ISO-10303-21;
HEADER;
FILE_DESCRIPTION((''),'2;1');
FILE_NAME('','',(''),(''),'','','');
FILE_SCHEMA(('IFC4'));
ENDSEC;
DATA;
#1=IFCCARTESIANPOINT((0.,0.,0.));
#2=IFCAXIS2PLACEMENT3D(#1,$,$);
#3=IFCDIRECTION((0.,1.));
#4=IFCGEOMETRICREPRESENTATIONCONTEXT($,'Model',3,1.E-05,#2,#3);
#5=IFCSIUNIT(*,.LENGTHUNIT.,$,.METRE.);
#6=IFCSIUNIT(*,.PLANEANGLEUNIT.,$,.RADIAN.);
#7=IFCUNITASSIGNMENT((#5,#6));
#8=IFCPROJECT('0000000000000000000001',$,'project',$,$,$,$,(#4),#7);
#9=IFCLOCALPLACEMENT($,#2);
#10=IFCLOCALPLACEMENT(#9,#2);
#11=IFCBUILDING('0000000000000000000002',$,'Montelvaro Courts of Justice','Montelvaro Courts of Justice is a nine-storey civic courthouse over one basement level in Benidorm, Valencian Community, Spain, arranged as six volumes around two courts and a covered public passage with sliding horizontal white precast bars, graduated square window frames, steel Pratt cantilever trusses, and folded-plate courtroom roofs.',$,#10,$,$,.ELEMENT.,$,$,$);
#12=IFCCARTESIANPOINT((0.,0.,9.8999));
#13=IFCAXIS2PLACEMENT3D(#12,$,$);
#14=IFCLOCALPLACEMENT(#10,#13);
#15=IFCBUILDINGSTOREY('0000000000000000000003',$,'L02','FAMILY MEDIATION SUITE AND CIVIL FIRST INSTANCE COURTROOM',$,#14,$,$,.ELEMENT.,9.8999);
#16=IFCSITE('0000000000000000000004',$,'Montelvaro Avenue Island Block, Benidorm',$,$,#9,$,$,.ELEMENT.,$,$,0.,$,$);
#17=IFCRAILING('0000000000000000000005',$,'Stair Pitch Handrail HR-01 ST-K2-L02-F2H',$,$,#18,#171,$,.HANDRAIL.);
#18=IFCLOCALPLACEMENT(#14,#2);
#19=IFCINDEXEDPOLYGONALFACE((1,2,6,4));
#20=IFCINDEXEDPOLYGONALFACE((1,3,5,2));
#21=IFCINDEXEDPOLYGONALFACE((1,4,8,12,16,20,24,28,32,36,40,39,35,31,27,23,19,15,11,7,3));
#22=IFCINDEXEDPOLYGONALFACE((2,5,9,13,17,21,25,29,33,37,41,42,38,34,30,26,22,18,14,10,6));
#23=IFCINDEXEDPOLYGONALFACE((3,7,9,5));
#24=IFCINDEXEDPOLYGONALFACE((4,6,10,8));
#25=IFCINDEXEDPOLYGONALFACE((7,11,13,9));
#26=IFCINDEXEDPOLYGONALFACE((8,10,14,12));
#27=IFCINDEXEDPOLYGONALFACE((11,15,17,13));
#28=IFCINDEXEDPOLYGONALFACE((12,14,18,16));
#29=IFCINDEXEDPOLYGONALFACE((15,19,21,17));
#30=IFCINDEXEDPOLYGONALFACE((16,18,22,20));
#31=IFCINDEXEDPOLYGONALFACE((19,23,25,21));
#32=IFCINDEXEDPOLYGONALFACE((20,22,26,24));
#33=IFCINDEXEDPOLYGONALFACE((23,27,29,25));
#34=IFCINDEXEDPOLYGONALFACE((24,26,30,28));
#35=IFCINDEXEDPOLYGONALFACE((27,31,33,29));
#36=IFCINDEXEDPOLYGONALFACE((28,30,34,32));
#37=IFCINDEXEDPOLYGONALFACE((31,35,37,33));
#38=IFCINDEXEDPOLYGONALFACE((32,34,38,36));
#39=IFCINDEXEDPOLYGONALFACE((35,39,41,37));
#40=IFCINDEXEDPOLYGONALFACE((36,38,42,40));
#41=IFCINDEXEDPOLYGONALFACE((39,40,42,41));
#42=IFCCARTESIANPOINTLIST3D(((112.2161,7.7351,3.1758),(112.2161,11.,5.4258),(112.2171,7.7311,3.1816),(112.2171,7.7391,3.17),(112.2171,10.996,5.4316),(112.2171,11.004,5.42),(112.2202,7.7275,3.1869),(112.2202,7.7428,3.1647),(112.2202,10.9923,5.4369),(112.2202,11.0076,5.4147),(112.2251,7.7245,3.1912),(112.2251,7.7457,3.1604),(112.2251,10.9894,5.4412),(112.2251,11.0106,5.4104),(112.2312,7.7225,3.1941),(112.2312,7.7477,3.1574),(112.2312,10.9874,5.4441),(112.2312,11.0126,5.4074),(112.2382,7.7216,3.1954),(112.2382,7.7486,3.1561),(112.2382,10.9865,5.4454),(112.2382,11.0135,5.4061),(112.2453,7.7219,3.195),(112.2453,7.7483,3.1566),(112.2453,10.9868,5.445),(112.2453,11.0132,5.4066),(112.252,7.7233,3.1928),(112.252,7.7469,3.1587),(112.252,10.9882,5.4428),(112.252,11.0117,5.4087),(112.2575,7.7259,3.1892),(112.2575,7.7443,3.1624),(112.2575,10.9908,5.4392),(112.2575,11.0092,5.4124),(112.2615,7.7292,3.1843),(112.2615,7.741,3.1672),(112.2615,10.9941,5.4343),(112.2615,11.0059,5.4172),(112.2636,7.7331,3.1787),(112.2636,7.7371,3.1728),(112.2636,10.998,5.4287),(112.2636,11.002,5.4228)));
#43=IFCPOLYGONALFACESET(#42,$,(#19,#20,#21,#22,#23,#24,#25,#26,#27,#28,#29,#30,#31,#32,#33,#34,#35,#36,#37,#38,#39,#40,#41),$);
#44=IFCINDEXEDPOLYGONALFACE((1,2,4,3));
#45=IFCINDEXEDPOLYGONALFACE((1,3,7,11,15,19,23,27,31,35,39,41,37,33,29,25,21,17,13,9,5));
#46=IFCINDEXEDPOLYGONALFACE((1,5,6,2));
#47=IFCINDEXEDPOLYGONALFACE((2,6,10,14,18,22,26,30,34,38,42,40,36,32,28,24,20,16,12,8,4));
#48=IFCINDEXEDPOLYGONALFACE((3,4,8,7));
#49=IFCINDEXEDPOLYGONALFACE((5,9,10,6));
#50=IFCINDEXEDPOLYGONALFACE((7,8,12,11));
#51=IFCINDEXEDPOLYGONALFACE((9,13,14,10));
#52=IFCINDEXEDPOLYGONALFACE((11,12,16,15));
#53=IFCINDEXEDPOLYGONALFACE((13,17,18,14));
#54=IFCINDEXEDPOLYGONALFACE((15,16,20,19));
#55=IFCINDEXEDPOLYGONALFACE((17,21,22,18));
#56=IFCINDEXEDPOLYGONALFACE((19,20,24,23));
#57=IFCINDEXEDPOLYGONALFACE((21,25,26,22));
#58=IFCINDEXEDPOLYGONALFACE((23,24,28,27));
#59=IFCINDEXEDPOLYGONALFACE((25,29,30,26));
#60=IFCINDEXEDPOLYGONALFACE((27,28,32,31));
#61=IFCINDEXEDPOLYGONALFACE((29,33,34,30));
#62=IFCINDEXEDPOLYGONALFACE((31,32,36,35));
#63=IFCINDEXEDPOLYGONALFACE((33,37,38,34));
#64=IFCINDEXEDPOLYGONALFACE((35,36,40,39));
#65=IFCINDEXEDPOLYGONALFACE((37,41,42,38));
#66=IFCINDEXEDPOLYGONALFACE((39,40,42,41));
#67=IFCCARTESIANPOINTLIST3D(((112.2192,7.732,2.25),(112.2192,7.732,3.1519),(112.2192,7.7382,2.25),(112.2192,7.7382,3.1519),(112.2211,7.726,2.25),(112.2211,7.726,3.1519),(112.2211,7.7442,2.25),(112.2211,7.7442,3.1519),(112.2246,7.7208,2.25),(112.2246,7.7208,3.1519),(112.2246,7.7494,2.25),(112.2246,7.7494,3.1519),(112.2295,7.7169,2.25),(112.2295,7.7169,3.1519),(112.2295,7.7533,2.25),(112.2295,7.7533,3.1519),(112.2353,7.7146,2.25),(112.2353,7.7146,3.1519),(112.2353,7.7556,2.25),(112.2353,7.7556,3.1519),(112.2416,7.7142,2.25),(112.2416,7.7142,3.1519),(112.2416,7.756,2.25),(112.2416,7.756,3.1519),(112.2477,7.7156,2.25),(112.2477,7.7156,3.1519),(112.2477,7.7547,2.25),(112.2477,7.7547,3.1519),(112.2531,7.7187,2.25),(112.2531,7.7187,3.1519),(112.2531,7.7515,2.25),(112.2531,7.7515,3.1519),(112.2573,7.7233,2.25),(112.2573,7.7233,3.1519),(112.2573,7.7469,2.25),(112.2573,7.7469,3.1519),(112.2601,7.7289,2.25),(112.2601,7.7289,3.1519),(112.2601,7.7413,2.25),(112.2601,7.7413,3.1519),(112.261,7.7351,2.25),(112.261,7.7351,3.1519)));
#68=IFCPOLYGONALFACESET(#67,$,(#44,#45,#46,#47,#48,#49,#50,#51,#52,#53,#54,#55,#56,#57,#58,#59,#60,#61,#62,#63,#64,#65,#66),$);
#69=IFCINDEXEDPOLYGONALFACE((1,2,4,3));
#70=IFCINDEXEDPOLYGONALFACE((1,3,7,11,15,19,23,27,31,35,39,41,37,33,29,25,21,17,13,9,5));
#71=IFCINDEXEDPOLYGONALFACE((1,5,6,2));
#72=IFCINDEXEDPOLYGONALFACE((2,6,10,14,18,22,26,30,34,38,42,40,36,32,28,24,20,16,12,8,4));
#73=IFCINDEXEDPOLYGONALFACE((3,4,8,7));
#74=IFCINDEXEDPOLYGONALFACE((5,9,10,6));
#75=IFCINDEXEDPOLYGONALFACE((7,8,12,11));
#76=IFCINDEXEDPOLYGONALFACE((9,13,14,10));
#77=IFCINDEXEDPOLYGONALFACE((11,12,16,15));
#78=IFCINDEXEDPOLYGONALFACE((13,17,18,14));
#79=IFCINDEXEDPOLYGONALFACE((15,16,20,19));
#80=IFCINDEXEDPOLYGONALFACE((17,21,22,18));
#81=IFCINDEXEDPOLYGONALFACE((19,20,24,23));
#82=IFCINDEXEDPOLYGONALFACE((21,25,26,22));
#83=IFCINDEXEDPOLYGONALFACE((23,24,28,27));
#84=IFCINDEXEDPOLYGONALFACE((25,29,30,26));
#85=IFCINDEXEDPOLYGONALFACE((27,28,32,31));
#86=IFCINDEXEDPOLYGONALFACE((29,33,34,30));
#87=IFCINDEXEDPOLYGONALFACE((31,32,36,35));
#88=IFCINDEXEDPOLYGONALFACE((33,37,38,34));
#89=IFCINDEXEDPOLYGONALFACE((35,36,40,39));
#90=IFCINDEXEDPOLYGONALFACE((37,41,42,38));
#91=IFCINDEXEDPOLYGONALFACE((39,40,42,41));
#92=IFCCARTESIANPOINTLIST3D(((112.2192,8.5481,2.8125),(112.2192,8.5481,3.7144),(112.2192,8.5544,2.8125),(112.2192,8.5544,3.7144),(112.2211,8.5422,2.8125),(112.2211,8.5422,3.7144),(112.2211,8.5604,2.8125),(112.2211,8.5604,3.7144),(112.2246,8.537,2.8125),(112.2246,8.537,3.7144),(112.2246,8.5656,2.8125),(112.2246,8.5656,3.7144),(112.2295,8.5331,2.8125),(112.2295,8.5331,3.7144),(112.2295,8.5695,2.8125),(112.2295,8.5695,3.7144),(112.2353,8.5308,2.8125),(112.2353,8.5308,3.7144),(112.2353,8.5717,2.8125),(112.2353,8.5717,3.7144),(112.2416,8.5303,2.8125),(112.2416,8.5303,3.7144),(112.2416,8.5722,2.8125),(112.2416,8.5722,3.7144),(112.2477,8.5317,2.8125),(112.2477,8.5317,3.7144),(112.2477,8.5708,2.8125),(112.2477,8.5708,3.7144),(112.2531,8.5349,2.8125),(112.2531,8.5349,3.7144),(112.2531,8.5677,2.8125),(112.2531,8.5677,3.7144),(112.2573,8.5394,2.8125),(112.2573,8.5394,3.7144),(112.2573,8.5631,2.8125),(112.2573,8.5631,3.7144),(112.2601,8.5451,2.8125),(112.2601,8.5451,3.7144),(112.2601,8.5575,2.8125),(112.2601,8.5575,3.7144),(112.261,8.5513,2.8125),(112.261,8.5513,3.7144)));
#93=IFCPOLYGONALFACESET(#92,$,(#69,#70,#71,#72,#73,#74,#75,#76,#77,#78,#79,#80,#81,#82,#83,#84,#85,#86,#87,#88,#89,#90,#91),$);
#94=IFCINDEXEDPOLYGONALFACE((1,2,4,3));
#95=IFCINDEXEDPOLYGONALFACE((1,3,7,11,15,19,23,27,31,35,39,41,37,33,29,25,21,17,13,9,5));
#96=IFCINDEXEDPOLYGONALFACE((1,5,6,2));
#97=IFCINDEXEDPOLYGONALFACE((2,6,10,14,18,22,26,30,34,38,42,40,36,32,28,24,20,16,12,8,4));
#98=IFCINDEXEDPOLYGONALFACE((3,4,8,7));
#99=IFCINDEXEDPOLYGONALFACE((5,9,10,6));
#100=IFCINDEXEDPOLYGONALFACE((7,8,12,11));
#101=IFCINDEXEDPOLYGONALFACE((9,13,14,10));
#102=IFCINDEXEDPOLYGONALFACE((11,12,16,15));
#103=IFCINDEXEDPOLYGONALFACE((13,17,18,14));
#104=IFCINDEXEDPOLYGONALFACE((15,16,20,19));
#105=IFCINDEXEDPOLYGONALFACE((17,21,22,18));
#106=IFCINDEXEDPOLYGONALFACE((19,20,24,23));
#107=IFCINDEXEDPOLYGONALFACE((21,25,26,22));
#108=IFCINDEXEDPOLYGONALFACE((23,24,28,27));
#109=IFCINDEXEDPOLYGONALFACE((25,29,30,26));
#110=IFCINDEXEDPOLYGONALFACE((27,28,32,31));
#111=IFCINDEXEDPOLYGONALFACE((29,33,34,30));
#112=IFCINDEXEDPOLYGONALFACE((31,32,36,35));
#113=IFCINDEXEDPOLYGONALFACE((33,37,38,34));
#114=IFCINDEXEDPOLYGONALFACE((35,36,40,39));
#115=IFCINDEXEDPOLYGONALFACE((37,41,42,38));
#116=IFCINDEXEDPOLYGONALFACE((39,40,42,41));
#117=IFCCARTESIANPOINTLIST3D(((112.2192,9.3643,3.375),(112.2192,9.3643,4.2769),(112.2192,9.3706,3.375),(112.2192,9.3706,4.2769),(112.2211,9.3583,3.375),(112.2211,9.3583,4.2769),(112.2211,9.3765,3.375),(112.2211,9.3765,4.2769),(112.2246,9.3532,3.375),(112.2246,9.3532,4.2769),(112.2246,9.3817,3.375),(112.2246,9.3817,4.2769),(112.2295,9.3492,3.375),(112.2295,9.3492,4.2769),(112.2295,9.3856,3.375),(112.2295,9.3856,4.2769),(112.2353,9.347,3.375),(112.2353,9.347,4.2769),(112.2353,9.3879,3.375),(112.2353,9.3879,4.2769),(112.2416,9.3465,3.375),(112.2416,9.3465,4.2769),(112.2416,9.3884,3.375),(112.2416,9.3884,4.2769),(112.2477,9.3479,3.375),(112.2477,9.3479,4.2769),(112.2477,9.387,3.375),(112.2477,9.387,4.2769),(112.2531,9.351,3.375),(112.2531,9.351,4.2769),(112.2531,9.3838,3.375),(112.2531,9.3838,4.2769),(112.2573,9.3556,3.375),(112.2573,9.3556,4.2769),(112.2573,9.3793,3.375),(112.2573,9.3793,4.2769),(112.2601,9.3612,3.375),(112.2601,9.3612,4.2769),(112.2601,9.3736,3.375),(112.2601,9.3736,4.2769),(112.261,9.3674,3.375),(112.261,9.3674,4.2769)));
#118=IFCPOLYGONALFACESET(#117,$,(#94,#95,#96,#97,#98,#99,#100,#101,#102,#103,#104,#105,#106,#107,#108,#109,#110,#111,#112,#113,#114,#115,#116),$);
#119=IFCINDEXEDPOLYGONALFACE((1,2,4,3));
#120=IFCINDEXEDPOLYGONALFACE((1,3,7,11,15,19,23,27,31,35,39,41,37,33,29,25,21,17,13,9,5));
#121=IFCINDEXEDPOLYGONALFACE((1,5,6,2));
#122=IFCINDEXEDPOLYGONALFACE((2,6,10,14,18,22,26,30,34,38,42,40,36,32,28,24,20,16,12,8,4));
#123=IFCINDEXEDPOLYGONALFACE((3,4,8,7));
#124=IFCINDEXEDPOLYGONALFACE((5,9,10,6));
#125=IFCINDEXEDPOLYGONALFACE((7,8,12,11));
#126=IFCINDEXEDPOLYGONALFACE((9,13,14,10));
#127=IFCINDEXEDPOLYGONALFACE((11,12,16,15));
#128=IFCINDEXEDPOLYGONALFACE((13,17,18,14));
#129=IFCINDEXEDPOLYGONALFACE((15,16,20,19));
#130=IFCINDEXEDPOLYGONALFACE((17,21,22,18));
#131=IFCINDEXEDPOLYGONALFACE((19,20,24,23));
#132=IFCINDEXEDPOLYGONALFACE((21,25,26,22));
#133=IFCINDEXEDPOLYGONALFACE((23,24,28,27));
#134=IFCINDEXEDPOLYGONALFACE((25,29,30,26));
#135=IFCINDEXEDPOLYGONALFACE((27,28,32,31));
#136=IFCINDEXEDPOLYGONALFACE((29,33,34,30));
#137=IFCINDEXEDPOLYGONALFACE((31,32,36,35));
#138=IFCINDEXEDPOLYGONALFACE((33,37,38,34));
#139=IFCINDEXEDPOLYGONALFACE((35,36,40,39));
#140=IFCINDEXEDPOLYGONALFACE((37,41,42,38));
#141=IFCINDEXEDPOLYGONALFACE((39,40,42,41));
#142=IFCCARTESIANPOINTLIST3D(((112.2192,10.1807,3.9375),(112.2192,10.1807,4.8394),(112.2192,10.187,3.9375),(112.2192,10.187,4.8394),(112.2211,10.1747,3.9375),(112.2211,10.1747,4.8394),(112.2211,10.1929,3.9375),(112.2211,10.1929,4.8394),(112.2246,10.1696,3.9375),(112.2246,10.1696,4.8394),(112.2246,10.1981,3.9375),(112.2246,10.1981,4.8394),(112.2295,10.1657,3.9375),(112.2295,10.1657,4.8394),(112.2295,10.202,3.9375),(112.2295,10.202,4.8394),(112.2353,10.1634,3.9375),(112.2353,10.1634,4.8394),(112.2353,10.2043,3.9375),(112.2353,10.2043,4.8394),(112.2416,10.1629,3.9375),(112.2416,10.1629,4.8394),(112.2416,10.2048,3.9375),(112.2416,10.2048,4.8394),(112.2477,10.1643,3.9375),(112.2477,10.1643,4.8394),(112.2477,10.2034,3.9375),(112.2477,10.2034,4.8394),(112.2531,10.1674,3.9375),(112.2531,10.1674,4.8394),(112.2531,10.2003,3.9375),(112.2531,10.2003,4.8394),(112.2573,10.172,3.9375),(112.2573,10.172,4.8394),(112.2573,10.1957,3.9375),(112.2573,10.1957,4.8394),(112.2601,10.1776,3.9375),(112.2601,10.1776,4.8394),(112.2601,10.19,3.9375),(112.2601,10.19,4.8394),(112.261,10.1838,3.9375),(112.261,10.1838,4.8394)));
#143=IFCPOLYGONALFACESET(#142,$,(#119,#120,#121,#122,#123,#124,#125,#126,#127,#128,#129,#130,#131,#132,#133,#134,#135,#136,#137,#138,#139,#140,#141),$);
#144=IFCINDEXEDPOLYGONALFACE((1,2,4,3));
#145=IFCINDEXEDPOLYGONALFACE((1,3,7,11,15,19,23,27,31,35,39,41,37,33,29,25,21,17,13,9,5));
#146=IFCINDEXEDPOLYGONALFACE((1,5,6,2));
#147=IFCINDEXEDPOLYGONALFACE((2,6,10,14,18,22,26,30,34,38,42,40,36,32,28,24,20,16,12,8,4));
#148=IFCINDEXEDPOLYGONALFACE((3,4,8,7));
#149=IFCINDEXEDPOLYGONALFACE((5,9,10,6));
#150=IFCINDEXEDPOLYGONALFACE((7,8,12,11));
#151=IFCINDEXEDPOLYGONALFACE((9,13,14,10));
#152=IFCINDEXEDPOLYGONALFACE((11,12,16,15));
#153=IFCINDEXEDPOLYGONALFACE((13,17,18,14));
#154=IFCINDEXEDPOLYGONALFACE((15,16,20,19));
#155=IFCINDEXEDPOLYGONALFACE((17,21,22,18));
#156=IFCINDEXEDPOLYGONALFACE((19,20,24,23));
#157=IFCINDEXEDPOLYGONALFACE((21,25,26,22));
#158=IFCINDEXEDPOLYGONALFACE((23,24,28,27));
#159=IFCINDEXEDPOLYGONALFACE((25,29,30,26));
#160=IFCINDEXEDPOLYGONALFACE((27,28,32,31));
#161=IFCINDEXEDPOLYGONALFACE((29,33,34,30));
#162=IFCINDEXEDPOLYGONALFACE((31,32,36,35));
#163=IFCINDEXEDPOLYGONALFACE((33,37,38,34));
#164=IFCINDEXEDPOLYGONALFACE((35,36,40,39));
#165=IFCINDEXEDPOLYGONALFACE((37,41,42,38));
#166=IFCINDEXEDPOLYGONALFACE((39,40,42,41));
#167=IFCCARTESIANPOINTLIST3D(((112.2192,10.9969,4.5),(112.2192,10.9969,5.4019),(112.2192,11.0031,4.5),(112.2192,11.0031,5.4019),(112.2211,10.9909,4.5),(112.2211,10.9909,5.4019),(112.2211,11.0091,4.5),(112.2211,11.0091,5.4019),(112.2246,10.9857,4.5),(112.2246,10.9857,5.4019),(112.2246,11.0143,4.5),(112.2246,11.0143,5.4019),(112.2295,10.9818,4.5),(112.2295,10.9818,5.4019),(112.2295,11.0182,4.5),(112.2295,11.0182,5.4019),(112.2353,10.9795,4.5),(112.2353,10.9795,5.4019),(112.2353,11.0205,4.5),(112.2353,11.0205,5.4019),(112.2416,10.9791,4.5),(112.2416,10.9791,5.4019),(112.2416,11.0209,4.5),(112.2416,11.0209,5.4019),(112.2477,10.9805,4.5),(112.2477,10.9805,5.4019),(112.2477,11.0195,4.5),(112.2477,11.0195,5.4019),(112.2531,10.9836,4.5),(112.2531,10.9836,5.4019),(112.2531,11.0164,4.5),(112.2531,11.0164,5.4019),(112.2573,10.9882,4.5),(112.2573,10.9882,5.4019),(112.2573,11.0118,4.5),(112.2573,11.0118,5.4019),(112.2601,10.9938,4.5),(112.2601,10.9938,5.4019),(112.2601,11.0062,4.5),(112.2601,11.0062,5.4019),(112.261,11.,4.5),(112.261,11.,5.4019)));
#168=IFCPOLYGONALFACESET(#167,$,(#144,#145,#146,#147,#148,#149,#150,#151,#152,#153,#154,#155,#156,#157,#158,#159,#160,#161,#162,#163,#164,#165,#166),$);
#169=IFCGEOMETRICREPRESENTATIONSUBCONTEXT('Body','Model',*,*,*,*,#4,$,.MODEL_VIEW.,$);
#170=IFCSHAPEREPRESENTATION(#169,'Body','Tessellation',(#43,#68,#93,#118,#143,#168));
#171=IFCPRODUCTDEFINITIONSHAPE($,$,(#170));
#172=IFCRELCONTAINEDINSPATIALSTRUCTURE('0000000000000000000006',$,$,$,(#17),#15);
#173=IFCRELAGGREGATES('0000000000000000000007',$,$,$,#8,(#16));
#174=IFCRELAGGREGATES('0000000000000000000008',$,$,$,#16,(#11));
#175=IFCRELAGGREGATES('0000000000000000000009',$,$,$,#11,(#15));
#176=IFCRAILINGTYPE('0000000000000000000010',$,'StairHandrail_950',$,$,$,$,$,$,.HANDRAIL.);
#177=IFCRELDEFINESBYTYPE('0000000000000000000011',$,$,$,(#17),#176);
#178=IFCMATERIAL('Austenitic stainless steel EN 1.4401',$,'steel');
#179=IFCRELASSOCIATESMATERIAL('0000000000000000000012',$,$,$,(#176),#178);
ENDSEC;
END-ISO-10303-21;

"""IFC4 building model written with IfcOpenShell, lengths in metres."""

from ifc_helpers import new_model, si_unit, direction, frame, origin, origin_2d, place, context, subcontext, project, spatial, circle, extrude, material, type_object, element, save


model = new_model("IFC4")

# Units and contexts
model_context = context("Model", 3, precision=1e-05, world=origin(), true_north=direction((0.0, 1.0)))
body_context = subcontext(model_context, "Body", "Model", "MODEL_VIEW")
ifc_project = project(units=[si_unit("LENGTHUNIT", "METRE"), si_unit("PLANEANGLEUNIT", "RADIAN")], contexts=[model_context])

# Site, building, storey
site_placement = place(None, origin())
site = spatial("IfcSite", under=ifc_project, at=site_placement, Name="Montelvaro Avenue Island Block, Benidorm", CompositionType="ELEMENT", RefElevation=0.0)
building_placement = place(site_placement, origin())
building = spatial("IfcBuilding", under=site, at=building_placement, Name="Montelvaro Courts of Justice", Description="Montelvaro Courts of Justice is a nine-storey civic courthouse over one basement level in Benidorm, Valencian Community, Spain, arranged as six volumes around two courts and a covered public passage with sliding horizontal white precast bars, graduated square window frames, steel Pratt cantilever trusses, and folded-plate courtroom roofs.", CompositionType="ELEMENT")
storey_placement = place(building_placement, frame((0.0, 0.0, 9.8999)))
storey = spatial("IfcBuildingStorey", under=building, at=storey_placement, Name="L02", Description="FAMILY MEDIATION SUITE AND CIVIL FIRST INSTANCE COURTROOM", CompositionType="ELEMENT", Elevation=9.8999)

# Railing
ifc_material_1 = material(Name="Austenitic stainless steel EN 1.4401", Category="steel")
railing_type_1 = type_object("IfcRailingType", Name="StairHandrail_950", PredefinedType="HANDRAIL", material=ifc_material_1)
railing_1_placement = place(storey_placement, frame((112.24, 7.7351, 2.25)))
element("IfcRailing", 1, at=railing_1_placement, inside=storey, type_object=railing_type_1, Name="Stair Pitch Handrail HR-01 ST-K2-L02-F2H", PredefinedType="HANDRAIL", context=body_context, shape_type="SweptSolid", body=[
    extrude(circle(Radius=0.0239, at=origin_2d()), frame((0.0, 0.0, 0.9258), z_axis=(0.0, 0.823407, 0.567451), x_axis=(-1.0, 0.0, 0.0)), (0.0, 0.0, 1.0), 3.9651),
    extrude(circle(Radius=0.021, at=origin_2d()), origin(), (0.0, 0.0, 1.0), 0.9019),
    extrude(circle(Radius=0.021, at=origin_2d()), frame((0.0, 0.8162, 0.5625)), (0.0, 0.0, 1.0), 0.9019),
    extrude(circle(Radius=0.021, at=origin_2d()), frame((0.0, 1.6323, 1.125)), (0.0, 0.0, 1.0), 0.9019),
    extrude(circle(Radius=0.021, at=origin_2d()), frame((0.0, 2.4487, 1.6875)), (0.0, 0.0, 1.0), 0.9019),
    extrude(circle(Radius=0.021, at=origin_2d()), frame((0.0, 3.2649, 2.25)), (0.0, 0.0, 1.0), 0.9019),
])

save(model, "model.ifc")
